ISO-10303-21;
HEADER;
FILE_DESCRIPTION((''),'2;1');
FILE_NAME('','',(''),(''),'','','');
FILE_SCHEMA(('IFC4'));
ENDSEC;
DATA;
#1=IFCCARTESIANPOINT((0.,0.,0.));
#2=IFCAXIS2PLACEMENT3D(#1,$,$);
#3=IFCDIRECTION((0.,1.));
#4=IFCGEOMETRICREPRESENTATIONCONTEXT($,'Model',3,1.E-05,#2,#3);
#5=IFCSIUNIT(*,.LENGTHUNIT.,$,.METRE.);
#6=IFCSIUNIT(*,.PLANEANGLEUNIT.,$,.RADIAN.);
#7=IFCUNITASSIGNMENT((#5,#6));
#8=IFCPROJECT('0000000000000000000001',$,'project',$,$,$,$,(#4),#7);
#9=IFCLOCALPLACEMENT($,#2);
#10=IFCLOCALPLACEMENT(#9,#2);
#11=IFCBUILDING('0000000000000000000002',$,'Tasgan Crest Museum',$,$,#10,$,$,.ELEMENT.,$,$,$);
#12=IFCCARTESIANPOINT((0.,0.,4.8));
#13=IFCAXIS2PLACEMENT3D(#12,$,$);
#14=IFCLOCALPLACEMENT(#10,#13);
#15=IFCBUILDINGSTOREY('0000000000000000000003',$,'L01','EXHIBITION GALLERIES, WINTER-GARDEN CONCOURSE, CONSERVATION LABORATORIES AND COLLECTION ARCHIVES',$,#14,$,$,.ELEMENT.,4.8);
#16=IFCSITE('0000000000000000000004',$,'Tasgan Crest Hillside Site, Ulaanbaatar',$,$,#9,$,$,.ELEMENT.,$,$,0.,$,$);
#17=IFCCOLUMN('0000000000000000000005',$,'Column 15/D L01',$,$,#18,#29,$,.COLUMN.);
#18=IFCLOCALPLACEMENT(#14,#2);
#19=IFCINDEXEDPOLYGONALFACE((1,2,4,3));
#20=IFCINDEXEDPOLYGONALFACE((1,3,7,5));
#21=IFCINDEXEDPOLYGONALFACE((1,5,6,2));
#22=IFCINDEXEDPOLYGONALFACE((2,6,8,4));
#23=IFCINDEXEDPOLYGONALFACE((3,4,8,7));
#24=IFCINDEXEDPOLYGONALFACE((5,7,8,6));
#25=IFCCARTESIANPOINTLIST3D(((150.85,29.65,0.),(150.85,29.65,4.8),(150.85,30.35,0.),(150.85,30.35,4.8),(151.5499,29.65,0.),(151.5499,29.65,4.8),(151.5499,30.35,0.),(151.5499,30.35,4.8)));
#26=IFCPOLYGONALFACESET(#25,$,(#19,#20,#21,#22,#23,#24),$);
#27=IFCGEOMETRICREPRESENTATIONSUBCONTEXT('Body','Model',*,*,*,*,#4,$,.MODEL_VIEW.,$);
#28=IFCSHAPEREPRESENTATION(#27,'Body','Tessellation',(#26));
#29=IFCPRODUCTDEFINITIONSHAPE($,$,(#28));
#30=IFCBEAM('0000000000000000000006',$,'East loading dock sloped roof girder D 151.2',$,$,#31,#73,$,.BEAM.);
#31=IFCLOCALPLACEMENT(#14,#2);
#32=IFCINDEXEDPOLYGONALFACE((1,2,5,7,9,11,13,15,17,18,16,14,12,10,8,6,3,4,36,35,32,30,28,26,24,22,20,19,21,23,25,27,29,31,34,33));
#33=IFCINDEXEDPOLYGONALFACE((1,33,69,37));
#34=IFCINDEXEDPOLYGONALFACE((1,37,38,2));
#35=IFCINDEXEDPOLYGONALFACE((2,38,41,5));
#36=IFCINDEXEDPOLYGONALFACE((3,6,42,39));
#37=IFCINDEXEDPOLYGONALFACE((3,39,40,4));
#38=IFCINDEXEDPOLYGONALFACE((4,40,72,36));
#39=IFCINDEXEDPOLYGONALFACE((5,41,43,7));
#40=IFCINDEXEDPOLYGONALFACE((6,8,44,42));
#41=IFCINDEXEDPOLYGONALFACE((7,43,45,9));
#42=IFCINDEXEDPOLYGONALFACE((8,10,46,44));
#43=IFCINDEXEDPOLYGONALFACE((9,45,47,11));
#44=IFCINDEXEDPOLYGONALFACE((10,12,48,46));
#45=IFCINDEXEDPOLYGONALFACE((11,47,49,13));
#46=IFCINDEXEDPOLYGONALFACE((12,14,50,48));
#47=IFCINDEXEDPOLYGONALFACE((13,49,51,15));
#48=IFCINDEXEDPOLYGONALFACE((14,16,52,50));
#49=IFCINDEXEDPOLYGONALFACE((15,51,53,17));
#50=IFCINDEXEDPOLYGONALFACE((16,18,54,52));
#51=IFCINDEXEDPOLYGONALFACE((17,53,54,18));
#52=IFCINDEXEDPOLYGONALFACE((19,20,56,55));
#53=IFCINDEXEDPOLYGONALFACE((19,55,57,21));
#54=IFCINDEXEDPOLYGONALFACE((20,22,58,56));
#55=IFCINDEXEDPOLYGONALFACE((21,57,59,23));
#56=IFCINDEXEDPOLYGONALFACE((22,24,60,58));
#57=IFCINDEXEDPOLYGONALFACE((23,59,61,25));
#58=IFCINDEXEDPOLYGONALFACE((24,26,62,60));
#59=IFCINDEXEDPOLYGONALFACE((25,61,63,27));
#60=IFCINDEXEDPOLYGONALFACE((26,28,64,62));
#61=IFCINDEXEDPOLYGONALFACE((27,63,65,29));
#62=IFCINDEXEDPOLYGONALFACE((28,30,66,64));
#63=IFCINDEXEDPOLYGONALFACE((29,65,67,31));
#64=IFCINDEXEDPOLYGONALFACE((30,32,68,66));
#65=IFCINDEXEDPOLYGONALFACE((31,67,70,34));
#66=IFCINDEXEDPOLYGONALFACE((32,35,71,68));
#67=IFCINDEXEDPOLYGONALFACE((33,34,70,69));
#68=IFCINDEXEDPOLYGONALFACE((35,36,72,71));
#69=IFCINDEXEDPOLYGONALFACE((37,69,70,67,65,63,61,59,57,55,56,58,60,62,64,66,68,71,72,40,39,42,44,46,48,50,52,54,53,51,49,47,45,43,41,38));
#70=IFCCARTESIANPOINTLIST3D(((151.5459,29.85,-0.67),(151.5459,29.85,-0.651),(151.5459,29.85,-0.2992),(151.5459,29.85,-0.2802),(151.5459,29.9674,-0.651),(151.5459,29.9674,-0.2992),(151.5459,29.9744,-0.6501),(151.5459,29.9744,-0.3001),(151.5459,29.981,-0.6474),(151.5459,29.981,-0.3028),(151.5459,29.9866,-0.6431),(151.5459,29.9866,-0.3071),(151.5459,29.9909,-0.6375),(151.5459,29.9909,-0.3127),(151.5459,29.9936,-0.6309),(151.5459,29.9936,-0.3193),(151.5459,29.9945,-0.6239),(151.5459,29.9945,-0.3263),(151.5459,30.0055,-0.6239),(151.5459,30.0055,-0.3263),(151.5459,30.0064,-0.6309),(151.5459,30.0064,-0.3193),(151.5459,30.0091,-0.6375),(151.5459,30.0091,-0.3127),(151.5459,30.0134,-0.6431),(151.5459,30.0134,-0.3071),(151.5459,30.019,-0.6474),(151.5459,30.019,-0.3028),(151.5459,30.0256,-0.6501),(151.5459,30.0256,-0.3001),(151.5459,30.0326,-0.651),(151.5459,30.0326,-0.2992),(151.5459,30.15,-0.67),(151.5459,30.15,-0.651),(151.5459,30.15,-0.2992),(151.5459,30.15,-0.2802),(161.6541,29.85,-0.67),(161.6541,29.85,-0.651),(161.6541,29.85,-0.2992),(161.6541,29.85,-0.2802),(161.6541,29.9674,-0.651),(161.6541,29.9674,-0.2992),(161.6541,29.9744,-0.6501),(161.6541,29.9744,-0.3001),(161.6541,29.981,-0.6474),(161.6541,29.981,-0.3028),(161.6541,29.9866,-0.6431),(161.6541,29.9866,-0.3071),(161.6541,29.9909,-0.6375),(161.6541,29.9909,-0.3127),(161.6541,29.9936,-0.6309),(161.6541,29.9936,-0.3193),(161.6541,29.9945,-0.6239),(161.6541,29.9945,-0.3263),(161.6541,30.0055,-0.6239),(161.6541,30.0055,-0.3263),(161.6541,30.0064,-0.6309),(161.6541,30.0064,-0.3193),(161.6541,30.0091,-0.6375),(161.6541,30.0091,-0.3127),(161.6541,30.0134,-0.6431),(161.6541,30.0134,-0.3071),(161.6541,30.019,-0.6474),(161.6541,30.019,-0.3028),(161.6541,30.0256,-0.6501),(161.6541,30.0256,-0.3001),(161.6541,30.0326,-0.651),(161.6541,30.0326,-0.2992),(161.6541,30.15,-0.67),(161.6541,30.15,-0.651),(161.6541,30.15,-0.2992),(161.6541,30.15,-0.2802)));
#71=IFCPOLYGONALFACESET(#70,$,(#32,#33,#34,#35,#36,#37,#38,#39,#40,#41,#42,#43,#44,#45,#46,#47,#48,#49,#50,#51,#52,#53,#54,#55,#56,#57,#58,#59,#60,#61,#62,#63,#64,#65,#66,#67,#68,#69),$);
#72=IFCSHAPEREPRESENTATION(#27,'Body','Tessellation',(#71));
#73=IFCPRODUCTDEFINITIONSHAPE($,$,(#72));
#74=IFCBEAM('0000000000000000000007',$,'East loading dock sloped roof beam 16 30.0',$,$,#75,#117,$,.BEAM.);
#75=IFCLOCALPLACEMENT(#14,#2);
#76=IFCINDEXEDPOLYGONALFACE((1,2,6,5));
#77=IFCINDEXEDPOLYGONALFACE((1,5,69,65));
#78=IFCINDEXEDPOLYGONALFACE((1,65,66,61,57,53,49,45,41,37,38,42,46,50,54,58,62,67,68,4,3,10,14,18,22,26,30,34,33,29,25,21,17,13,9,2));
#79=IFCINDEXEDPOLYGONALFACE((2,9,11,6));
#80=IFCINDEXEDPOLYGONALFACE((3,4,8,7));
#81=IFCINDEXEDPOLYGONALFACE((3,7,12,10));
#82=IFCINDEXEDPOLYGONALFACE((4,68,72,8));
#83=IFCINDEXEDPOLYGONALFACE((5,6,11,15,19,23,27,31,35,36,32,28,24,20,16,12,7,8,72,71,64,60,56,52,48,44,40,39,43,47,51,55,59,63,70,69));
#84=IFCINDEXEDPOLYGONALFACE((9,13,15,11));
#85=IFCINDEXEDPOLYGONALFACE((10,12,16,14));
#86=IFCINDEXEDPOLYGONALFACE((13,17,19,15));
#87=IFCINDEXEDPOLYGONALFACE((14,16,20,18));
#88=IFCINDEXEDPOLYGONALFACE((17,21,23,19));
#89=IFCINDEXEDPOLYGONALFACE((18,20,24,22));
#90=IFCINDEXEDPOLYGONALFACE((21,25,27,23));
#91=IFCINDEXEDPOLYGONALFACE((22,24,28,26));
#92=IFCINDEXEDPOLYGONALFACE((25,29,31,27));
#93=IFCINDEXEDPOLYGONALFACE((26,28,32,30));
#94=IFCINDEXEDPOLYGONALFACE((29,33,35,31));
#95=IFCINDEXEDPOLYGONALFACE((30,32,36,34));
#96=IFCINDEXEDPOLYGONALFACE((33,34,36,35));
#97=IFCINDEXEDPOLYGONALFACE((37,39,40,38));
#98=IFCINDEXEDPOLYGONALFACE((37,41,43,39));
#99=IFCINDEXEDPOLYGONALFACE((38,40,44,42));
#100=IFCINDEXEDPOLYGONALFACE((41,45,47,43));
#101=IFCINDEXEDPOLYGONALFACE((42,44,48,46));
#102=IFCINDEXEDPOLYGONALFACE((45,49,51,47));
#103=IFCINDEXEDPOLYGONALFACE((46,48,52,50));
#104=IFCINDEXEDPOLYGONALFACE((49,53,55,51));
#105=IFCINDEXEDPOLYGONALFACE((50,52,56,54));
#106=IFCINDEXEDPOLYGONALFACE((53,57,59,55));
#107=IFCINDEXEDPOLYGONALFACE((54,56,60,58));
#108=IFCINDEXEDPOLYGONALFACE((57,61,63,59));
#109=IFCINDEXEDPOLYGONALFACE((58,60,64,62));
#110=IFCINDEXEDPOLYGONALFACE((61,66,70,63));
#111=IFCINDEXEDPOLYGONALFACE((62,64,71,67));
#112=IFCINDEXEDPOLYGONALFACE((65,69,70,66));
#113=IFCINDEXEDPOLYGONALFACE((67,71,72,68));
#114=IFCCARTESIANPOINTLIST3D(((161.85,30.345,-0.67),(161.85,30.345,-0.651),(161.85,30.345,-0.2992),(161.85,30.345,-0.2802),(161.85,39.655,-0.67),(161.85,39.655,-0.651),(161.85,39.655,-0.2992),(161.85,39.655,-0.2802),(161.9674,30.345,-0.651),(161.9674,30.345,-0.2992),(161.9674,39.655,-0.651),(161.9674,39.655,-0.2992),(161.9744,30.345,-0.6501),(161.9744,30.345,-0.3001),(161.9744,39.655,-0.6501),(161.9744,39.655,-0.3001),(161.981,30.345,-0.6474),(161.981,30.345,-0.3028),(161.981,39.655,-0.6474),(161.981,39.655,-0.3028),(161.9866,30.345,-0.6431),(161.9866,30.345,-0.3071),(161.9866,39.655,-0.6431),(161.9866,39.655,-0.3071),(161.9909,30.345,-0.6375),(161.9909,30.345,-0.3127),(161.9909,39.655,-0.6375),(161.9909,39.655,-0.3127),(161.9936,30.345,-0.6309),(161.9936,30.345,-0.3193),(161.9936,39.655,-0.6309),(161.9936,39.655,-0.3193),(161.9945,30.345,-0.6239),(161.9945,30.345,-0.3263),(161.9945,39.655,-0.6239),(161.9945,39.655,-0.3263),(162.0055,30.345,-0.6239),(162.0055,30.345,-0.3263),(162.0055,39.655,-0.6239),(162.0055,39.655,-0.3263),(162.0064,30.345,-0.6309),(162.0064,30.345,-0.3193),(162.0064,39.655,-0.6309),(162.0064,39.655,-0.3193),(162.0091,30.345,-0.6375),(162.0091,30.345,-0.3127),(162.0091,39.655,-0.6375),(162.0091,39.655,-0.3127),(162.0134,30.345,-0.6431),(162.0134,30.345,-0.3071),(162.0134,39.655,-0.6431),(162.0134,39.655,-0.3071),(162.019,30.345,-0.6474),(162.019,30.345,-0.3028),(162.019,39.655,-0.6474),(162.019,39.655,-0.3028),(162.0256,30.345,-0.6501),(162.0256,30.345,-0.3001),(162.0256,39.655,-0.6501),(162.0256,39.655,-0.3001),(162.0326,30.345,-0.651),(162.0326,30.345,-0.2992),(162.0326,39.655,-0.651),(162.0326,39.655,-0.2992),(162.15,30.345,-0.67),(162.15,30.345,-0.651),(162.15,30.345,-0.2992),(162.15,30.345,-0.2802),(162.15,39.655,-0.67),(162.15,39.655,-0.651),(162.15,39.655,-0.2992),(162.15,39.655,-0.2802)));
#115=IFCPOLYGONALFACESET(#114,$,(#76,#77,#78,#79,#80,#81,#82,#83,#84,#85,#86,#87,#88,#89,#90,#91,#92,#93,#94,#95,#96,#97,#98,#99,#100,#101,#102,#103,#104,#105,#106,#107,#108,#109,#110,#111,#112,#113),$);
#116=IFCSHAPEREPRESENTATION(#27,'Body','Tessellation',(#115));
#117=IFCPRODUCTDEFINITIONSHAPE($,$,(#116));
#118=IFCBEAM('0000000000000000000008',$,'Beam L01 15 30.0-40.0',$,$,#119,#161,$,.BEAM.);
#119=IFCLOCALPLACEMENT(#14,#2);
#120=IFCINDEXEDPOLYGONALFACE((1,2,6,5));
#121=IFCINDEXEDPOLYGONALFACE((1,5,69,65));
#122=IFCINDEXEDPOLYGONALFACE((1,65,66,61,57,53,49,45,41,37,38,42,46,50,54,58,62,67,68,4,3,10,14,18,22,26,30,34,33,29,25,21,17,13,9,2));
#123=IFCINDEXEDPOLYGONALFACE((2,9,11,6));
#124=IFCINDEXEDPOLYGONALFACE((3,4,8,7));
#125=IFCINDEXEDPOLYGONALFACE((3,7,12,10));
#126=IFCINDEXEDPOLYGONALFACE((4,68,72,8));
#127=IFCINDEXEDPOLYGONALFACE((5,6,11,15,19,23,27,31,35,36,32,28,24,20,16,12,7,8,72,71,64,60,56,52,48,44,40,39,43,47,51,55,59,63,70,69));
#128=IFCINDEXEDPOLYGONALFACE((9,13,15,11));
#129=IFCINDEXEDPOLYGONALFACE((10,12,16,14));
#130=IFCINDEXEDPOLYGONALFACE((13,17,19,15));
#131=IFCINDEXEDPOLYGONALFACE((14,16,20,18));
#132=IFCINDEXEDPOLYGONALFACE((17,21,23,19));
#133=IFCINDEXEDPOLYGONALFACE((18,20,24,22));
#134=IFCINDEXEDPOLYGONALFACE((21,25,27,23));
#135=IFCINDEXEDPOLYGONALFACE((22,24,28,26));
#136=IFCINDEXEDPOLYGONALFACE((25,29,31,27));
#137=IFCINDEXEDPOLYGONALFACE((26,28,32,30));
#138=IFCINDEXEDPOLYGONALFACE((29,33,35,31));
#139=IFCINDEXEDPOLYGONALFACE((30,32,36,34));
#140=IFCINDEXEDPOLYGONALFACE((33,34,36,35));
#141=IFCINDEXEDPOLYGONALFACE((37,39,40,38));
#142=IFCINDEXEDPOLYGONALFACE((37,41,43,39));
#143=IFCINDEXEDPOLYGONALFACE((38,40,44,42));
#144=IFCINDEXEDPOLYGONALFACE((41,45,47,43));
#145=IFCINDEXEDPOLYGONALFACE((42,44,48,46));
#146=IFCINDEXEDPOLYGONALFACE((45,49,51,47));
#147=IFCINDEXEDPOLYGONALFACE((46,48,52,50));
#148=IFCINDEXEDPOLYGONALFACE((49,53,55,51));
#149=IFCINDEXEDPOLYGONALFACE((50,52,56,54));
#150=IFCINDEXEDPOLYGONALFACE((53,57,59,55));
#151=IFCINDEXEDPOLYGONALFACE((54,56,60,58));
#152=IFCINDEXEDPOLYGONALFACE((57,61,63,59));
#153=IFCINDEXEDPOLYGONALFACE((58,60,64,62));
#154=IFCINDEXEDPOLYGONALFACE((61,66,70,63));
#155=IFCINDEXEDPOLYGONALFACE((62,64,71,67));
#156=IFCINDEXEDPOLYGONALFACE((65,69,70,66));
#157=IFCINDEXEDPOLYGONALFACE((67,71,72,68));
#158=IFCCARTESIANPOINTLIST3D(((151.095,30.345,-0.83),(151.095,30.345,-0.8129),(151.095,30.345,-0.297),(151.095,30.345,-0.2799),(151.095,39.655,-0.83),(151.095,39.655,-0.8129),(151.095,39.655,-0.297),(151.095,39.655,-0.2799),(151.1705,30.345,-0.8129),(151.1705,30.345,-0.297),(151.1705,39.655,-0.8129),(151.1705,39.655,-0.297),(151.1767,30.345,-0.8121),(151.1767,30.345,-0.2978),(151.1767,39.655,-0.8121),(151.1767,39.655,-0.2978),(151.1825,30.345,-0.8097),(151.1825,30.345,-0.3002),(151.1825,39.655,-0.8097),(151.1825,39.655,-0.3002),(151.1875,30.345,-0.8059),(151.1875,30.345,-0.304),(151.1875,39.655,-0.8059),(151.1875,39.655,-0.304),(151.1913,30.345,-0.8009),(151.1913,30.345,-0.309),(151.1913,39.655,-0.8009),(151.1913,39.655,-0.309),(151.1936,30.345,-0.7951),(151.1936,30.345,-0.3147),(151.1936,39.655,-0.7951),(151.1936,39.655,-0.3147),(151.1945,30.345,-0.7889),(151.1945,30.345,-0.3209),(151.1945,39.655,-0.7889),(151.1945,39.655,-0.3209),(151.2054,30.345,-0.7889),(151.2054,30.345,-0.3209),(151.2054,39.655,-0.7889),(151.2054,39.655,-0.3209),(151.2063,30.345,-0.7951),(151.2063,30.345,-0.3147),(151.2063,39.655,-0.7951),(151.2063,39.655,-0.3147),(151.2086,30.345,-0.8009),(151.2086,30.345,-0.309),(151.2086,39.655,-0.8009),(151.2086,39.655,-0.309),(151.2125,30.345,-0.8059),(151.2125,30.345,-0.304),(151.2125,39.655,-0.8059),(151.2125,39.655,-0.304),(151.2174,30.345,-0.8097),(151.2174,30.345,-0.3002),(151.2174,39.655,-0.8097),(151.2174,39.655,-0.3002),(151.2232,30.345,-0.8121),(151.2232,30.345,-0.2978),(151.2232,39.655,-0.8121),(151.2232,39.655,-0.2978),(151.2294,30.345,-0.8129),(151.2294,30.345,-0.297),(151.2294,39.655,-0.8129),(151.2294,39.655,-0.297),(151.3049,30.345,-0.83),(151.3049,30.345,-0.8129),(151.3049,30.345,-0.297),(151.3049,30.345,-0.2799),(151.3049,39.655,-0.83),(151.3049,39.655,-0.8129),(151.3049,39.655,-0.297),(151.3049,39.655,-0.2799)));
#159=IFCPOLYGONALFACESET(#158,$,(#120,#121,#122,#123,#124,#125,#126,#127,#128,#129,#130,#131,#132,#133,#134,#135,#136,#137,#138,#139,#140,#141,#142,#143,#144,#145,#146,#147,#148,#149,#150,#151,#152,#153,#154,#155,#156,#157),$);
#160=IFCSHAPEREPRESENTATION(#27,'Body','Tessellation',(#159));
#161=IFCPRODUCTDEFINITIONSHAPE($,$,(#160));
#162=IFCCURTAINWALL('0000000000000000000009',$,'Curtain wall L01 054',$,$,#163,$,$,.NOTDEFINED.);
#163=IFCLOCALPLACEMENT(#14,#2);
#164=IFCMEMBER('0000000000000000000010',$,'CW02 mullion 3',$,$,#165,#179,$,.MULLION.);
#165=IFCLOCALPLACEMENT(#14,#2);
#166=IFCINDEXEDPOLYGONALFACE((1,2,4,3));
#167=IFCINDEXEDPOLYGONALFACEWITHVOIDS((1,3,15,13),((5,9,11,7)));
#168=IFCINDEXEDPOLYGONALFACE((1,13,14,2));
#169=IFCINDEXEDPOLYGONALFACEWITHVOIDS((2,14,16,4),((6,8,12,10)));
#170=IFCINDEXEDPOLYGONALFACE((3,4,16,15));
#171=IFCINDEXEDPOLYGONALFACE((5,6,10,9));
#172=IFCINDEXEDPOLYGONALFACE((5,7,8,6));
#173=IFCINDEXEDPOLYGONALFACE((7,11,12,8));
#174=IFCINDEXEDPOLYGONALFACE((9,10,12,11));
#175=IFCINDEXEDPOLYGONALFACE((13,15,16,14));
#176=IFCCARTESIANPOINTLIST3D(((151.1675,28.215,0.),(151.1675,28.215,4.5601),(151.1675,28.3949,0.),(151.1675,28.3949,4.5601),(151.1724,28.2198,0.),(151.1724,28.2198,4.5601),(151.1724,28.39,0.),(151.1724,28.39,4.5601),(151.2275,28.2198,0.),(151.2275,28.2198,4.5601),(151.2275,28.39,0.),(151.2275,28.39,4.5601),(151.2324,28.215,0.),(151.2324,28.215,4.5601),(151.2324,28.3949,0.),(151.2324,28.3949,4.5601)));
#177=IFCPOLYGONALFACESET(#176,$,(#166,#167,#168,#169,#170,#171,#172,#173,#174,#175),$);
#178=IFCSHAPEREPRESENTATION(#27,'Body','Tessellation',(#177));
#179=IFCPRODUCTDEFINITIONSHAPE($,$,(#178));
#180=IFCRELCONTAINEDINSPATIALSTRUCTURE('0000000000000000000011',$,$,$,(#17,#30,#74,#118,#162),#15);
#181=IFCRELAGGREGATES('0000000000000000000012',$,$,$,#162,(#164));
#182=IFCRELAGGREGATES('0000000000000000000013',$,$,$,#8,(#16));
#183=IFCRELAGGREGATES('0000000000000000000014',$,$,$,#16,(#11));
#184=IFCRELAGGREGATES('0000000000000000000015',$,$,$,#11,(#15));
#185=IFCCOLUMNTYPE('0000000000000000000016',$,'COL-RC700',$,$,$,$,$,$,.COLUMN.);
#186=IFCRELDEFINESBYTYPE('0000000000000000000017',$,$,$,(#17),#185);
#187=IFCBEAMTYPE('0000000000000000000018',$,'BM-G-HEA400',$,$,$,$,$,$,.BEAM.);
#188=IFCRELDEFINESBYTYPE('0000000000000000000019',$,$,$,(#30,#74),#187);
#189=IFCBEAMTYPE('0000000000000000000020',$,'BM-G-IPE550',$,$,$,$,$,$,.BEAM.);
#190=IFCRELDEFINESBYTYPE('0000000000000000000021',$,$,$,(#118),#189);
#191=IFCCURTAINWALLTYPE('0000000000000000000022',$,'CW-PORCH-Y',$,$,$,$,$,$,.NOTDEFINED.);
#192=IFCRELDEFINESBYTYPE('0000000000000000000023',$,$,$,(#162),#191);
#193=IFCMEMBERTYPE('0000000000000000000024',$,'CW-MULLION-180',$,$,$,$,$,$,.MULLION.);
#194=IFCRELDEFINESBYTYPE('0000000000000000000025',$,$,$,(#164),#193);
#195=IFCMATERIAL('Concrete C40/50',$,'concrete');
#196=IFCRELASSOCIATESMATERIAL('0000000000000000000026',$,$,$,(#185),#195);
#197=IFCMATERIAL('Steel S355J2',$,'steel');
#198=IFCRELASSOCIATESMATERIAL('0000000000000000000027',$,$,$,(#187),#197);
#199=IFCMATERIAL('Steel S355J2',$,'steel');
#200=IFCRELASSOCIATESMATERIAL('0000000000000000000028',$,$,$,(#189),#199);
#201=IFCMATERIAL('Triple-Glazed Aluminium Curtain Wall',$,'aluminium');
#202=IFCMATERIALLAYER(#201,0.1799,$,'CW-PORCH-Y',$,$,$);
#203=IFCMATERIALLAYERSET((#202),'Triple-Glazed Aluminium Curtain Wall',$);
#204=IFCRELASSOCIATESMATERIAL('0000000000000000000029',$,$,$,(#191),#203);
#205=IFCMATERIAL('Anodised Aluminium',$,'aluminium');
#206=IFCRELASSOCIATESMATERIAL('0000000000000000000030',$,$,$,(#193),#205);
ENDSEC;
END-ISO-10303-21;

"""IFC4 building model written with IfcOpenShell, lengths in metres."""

from ifc_helpers import new_model, si_unit, direction, frame, origin, origin_2d, place, context, subcontext, project, spatial, rectangle, hollow_rectangle, i_section, extrude, material, layer, layer_set, material_profile, profile_set, type_object, element, aggregate, save


model = new_model("IFC4")

# Units and contexts
model_context = context("Model", 3, precision=1e-05, world=origin(), true_north=direction((0.0, 1.0)))
body_context = subcontext(model_context, "Body", "Model", "MODEL_VIEW")
ifc_project = project(units=[si_unit("LENGTHUNIT", "METRE"), si_unit("PLANEANGLEUNIT", "RADIAN")], contexts=[model_context])

# Site, building, storey
site_placement = place(None, origin())
site = spatial("IfcSite", under=ifc_project, at=site_placement, Name="Tasgan Crest Hillside Site, Ulaanbaatar", CompositionType="ELEMENT", RefElevation=0.0)
building_placement = place(site_placement, origin())
building = spatial("IfcBuilding", under=site, at=building_placement, Name="Tasgan Crest Museum", CompositionType="ELEMENT")
storey_placement = place(building_placement, frame((0.0, 0.0, 4.8)))
storey = spatial("IfcBuildingStorey", under=building, at=storey_placement, Name="L01", Description="EXHIBITION GALLERIES, WINTER-GARDEN CONCOURSE, CONSERVATION LABORATORIES AND COLLECTION ARCHIVES", CompositionType="ELEMENT", Elevation=4.8)

# Column
ifc_material_1 = material(Name="Concrete C40/50", Category="concrete")
ifc_material_profile_1 = material_profile(ifc_material_1, rectangle(XDim=0.7, YDim=0.7, at=origin_2d()), Name="RC 700x700")
ifc_profile_set_1 = profile_set([ifc_material_profile_1], Name="Concrete C40/50")
column_type = type_object("IfcColumnType", Name="COL-RC700", PredefinedType="COLUMN", material=ifc_profile_set_1)
column_placement = place(storey_placement, frame((151.2, 30.0, 0.0), z_axis=(0.0, 0.0, 1.0), x_axis=(1.0, 0.0, 0.0)))
element("IfcColumn", 1, at=column_placement, inside=storey, type_object=column_type, Name="Column 15/D L01", PredefinedType="COLUMN", context=body_context, shape_type="SweptSolid", body=[
    extrude(rectangle(XDim=0.7, YDim=0.7, at=origin_2d()), origin(), (0.0, 0.0, 1.0), 4.8),
])

# Beams
ifc_material_2 = material(Name="Steel S355J2", Category="steel")
ifc_material_profile_2 = material_profile(ifc_material_2, i_section(OverallWidth=0.3, OverallDepth=0.3899, WebThickness=0.011, FlangeThickness=0.019, FilletRadius=0.0271, at=origin_2d()), Name="HEA 400")
ifc_profile_set_2 = profile_set([ifc_material_profile_2], Name="Steel S355J2")
beam_type_1 = type_object("IfcBeamType", Name="BM-G-HEA400", PredefinedType="BEAM", material=ifc_profile_set_2)
beam_1_placement = place(storey_placement, frame((151.5459, 30.0, -0.4751), z_axis=(1.0, 0.0, 0.0), x_axis=(0.0, 1.0, 0.0)))
element("IfcBeam", 2, at=beam_1_placement, inside=storey, type_object=beam_type_1, Name="East loading dock sloped roof girder D 151.2", PredefinedType="BEAM", context=body_context, shape_type="SweptSolid", body=[
    extrude(i_section(OverallWidth=0.3, OverallDepth=0.3899, WebThickness=0.011, FlangeThickness=0.019, FilletRadius=0.0271, at=origin_2d()), origin(), (0.0, 0.0, 1.0), 10.1082),
])
beam_2_placement = place(storey_placement, frame((162.0, 30.345, -0.4751), z_axis=(0.0, 1.0, 0.0), x_axis=(-1.0, 0.0, 0.0)))
element("IfcBeam", 3, at=beam_2_placement, inside=storey, type_object=beam_type_1, Name="East loading dock sloped roof beam 16 30.0", PredefinedType="BEAM", context=body_context, shape_type="SweptSolid", body=[
    extrude(i_section(OverallWidth=0.3, OverallDepth=0.3899, WebThickness=0.011, FlangeThickness=0.019, FilletRadius=0.0271, at=origin_2d()), origin(), (0.0, 0.0, 1.0), 9.3101),
])
ifc_material_3 = material(Name="Steel S355J2", Category="steel")
ifc_material_profile_3 = material_profile(ifc_material_3, i_section(OverallWidth=0.21, OverallDepth=0.55, WebThickness=0.011, FlangeThickness=0.0171, FilletRadius=0.0239, at=origin_2d()), Name="IPE 550")
ifc_profile_set_3 = profile_set([ifc_material_profile_3], Name="Steel S355J2")
beam_type_2 = type_object("IfcBeamType", Name="BM-G-IPE550", PredefinedType="BEAM", material=ifc_profile_set_3)
beam_3_placement = place(storey_placement, frame((151.2, 30.345, -0.5549), z_axis=(0.0, 1.0, 0.0), x_axis=(-1.0, 0.0, 0.0)))
element("IfcBeam", 4, at=beam_3_placement, inside=storey, type_object=beam_type_2, Name="Beam L01 15 30.0-40.0", PredefinedType="BEAM", context=body_context, shape_type="SweptSolid", body=[
    extrude(i_section(OverallWidth=0.21, OverallDepth=0.55, WebThickness=0.011, FlangeThickness=0.0171, FilletRadius=0.0239, at=origin_2d()), origin(), (0.0, 0.0, 1.0), 9.3101),
])

# Curtain wall, member
ifc_material_4 = material(Name="Triple-Glazed Aluminium Curtain Wall", Category="aluminium")
ifc_layer_1 = layer(ifc_material_4, 0.1799, Name="CW-PORCH-Y")
ifc_layer_set_1 = layer_set([ifc_layer_1], Name="Triple-Glazed Aluminium Curtain Wall")
curtain_wall_type = type_object("IfcCurtainWallType", Name="CW-PORCH-Y", PredefinedType="NOTDEFINED", material=ifc_layer_set_1)
curtain_wall_1_placement = place(storey_placement, origin())
curtain_wall_1 = element("IfcCurtainWall", 5, at=curtain_wall_1_placement, inside=storey, type_object=curtain_wall_type, Name="Curtain wall L01 054", PredefinedType="NOTDEFINED")
ifc_material_5 = material(Name="Anodised Aluminium", Category="aluminium")
ifc_material_profile_4 = material_profile(ifc_material_5, hollow_rectangle(XDim=0.0649, YDim=0.1799, WallThickness=0.0049, at=origin_2d()), Name="ALU MULLION 180x65x5")
ifc_profile_set_4 = profile_set([ifc_material_profile_4], Name="Anodised Aluminium")
member_type_1 = type_object("IfcMemberType", Name="CW-MULLION-180", PredefinedType="MULLION", material=ifc_profile_set_4)
member_1_placement = place(storey_placement, frame((151.2, 28.3049, 0.0), z_axis=(0.0, 0.0, 1.0), x_axis=(-1.0, 0.0, 0.0)))
member_1 = element("IfcMember", 6, at=member_1_placement, type_object=member_type_1, Name="CW02 mullion 3", PredefinedType="MULLION", context=body_context, shape_type="SweptSolid", body=[
    extrude(hollow_rectangle(XDim=0.0649, YDim=0.1799, WallThickness=0.0049, at=origin_2d()), origin(), (0.0, 0.0, 1.0), 4.5601),
])

aggregate(curtain_wall_1, [member_1])

save(model, "model.ifc")
